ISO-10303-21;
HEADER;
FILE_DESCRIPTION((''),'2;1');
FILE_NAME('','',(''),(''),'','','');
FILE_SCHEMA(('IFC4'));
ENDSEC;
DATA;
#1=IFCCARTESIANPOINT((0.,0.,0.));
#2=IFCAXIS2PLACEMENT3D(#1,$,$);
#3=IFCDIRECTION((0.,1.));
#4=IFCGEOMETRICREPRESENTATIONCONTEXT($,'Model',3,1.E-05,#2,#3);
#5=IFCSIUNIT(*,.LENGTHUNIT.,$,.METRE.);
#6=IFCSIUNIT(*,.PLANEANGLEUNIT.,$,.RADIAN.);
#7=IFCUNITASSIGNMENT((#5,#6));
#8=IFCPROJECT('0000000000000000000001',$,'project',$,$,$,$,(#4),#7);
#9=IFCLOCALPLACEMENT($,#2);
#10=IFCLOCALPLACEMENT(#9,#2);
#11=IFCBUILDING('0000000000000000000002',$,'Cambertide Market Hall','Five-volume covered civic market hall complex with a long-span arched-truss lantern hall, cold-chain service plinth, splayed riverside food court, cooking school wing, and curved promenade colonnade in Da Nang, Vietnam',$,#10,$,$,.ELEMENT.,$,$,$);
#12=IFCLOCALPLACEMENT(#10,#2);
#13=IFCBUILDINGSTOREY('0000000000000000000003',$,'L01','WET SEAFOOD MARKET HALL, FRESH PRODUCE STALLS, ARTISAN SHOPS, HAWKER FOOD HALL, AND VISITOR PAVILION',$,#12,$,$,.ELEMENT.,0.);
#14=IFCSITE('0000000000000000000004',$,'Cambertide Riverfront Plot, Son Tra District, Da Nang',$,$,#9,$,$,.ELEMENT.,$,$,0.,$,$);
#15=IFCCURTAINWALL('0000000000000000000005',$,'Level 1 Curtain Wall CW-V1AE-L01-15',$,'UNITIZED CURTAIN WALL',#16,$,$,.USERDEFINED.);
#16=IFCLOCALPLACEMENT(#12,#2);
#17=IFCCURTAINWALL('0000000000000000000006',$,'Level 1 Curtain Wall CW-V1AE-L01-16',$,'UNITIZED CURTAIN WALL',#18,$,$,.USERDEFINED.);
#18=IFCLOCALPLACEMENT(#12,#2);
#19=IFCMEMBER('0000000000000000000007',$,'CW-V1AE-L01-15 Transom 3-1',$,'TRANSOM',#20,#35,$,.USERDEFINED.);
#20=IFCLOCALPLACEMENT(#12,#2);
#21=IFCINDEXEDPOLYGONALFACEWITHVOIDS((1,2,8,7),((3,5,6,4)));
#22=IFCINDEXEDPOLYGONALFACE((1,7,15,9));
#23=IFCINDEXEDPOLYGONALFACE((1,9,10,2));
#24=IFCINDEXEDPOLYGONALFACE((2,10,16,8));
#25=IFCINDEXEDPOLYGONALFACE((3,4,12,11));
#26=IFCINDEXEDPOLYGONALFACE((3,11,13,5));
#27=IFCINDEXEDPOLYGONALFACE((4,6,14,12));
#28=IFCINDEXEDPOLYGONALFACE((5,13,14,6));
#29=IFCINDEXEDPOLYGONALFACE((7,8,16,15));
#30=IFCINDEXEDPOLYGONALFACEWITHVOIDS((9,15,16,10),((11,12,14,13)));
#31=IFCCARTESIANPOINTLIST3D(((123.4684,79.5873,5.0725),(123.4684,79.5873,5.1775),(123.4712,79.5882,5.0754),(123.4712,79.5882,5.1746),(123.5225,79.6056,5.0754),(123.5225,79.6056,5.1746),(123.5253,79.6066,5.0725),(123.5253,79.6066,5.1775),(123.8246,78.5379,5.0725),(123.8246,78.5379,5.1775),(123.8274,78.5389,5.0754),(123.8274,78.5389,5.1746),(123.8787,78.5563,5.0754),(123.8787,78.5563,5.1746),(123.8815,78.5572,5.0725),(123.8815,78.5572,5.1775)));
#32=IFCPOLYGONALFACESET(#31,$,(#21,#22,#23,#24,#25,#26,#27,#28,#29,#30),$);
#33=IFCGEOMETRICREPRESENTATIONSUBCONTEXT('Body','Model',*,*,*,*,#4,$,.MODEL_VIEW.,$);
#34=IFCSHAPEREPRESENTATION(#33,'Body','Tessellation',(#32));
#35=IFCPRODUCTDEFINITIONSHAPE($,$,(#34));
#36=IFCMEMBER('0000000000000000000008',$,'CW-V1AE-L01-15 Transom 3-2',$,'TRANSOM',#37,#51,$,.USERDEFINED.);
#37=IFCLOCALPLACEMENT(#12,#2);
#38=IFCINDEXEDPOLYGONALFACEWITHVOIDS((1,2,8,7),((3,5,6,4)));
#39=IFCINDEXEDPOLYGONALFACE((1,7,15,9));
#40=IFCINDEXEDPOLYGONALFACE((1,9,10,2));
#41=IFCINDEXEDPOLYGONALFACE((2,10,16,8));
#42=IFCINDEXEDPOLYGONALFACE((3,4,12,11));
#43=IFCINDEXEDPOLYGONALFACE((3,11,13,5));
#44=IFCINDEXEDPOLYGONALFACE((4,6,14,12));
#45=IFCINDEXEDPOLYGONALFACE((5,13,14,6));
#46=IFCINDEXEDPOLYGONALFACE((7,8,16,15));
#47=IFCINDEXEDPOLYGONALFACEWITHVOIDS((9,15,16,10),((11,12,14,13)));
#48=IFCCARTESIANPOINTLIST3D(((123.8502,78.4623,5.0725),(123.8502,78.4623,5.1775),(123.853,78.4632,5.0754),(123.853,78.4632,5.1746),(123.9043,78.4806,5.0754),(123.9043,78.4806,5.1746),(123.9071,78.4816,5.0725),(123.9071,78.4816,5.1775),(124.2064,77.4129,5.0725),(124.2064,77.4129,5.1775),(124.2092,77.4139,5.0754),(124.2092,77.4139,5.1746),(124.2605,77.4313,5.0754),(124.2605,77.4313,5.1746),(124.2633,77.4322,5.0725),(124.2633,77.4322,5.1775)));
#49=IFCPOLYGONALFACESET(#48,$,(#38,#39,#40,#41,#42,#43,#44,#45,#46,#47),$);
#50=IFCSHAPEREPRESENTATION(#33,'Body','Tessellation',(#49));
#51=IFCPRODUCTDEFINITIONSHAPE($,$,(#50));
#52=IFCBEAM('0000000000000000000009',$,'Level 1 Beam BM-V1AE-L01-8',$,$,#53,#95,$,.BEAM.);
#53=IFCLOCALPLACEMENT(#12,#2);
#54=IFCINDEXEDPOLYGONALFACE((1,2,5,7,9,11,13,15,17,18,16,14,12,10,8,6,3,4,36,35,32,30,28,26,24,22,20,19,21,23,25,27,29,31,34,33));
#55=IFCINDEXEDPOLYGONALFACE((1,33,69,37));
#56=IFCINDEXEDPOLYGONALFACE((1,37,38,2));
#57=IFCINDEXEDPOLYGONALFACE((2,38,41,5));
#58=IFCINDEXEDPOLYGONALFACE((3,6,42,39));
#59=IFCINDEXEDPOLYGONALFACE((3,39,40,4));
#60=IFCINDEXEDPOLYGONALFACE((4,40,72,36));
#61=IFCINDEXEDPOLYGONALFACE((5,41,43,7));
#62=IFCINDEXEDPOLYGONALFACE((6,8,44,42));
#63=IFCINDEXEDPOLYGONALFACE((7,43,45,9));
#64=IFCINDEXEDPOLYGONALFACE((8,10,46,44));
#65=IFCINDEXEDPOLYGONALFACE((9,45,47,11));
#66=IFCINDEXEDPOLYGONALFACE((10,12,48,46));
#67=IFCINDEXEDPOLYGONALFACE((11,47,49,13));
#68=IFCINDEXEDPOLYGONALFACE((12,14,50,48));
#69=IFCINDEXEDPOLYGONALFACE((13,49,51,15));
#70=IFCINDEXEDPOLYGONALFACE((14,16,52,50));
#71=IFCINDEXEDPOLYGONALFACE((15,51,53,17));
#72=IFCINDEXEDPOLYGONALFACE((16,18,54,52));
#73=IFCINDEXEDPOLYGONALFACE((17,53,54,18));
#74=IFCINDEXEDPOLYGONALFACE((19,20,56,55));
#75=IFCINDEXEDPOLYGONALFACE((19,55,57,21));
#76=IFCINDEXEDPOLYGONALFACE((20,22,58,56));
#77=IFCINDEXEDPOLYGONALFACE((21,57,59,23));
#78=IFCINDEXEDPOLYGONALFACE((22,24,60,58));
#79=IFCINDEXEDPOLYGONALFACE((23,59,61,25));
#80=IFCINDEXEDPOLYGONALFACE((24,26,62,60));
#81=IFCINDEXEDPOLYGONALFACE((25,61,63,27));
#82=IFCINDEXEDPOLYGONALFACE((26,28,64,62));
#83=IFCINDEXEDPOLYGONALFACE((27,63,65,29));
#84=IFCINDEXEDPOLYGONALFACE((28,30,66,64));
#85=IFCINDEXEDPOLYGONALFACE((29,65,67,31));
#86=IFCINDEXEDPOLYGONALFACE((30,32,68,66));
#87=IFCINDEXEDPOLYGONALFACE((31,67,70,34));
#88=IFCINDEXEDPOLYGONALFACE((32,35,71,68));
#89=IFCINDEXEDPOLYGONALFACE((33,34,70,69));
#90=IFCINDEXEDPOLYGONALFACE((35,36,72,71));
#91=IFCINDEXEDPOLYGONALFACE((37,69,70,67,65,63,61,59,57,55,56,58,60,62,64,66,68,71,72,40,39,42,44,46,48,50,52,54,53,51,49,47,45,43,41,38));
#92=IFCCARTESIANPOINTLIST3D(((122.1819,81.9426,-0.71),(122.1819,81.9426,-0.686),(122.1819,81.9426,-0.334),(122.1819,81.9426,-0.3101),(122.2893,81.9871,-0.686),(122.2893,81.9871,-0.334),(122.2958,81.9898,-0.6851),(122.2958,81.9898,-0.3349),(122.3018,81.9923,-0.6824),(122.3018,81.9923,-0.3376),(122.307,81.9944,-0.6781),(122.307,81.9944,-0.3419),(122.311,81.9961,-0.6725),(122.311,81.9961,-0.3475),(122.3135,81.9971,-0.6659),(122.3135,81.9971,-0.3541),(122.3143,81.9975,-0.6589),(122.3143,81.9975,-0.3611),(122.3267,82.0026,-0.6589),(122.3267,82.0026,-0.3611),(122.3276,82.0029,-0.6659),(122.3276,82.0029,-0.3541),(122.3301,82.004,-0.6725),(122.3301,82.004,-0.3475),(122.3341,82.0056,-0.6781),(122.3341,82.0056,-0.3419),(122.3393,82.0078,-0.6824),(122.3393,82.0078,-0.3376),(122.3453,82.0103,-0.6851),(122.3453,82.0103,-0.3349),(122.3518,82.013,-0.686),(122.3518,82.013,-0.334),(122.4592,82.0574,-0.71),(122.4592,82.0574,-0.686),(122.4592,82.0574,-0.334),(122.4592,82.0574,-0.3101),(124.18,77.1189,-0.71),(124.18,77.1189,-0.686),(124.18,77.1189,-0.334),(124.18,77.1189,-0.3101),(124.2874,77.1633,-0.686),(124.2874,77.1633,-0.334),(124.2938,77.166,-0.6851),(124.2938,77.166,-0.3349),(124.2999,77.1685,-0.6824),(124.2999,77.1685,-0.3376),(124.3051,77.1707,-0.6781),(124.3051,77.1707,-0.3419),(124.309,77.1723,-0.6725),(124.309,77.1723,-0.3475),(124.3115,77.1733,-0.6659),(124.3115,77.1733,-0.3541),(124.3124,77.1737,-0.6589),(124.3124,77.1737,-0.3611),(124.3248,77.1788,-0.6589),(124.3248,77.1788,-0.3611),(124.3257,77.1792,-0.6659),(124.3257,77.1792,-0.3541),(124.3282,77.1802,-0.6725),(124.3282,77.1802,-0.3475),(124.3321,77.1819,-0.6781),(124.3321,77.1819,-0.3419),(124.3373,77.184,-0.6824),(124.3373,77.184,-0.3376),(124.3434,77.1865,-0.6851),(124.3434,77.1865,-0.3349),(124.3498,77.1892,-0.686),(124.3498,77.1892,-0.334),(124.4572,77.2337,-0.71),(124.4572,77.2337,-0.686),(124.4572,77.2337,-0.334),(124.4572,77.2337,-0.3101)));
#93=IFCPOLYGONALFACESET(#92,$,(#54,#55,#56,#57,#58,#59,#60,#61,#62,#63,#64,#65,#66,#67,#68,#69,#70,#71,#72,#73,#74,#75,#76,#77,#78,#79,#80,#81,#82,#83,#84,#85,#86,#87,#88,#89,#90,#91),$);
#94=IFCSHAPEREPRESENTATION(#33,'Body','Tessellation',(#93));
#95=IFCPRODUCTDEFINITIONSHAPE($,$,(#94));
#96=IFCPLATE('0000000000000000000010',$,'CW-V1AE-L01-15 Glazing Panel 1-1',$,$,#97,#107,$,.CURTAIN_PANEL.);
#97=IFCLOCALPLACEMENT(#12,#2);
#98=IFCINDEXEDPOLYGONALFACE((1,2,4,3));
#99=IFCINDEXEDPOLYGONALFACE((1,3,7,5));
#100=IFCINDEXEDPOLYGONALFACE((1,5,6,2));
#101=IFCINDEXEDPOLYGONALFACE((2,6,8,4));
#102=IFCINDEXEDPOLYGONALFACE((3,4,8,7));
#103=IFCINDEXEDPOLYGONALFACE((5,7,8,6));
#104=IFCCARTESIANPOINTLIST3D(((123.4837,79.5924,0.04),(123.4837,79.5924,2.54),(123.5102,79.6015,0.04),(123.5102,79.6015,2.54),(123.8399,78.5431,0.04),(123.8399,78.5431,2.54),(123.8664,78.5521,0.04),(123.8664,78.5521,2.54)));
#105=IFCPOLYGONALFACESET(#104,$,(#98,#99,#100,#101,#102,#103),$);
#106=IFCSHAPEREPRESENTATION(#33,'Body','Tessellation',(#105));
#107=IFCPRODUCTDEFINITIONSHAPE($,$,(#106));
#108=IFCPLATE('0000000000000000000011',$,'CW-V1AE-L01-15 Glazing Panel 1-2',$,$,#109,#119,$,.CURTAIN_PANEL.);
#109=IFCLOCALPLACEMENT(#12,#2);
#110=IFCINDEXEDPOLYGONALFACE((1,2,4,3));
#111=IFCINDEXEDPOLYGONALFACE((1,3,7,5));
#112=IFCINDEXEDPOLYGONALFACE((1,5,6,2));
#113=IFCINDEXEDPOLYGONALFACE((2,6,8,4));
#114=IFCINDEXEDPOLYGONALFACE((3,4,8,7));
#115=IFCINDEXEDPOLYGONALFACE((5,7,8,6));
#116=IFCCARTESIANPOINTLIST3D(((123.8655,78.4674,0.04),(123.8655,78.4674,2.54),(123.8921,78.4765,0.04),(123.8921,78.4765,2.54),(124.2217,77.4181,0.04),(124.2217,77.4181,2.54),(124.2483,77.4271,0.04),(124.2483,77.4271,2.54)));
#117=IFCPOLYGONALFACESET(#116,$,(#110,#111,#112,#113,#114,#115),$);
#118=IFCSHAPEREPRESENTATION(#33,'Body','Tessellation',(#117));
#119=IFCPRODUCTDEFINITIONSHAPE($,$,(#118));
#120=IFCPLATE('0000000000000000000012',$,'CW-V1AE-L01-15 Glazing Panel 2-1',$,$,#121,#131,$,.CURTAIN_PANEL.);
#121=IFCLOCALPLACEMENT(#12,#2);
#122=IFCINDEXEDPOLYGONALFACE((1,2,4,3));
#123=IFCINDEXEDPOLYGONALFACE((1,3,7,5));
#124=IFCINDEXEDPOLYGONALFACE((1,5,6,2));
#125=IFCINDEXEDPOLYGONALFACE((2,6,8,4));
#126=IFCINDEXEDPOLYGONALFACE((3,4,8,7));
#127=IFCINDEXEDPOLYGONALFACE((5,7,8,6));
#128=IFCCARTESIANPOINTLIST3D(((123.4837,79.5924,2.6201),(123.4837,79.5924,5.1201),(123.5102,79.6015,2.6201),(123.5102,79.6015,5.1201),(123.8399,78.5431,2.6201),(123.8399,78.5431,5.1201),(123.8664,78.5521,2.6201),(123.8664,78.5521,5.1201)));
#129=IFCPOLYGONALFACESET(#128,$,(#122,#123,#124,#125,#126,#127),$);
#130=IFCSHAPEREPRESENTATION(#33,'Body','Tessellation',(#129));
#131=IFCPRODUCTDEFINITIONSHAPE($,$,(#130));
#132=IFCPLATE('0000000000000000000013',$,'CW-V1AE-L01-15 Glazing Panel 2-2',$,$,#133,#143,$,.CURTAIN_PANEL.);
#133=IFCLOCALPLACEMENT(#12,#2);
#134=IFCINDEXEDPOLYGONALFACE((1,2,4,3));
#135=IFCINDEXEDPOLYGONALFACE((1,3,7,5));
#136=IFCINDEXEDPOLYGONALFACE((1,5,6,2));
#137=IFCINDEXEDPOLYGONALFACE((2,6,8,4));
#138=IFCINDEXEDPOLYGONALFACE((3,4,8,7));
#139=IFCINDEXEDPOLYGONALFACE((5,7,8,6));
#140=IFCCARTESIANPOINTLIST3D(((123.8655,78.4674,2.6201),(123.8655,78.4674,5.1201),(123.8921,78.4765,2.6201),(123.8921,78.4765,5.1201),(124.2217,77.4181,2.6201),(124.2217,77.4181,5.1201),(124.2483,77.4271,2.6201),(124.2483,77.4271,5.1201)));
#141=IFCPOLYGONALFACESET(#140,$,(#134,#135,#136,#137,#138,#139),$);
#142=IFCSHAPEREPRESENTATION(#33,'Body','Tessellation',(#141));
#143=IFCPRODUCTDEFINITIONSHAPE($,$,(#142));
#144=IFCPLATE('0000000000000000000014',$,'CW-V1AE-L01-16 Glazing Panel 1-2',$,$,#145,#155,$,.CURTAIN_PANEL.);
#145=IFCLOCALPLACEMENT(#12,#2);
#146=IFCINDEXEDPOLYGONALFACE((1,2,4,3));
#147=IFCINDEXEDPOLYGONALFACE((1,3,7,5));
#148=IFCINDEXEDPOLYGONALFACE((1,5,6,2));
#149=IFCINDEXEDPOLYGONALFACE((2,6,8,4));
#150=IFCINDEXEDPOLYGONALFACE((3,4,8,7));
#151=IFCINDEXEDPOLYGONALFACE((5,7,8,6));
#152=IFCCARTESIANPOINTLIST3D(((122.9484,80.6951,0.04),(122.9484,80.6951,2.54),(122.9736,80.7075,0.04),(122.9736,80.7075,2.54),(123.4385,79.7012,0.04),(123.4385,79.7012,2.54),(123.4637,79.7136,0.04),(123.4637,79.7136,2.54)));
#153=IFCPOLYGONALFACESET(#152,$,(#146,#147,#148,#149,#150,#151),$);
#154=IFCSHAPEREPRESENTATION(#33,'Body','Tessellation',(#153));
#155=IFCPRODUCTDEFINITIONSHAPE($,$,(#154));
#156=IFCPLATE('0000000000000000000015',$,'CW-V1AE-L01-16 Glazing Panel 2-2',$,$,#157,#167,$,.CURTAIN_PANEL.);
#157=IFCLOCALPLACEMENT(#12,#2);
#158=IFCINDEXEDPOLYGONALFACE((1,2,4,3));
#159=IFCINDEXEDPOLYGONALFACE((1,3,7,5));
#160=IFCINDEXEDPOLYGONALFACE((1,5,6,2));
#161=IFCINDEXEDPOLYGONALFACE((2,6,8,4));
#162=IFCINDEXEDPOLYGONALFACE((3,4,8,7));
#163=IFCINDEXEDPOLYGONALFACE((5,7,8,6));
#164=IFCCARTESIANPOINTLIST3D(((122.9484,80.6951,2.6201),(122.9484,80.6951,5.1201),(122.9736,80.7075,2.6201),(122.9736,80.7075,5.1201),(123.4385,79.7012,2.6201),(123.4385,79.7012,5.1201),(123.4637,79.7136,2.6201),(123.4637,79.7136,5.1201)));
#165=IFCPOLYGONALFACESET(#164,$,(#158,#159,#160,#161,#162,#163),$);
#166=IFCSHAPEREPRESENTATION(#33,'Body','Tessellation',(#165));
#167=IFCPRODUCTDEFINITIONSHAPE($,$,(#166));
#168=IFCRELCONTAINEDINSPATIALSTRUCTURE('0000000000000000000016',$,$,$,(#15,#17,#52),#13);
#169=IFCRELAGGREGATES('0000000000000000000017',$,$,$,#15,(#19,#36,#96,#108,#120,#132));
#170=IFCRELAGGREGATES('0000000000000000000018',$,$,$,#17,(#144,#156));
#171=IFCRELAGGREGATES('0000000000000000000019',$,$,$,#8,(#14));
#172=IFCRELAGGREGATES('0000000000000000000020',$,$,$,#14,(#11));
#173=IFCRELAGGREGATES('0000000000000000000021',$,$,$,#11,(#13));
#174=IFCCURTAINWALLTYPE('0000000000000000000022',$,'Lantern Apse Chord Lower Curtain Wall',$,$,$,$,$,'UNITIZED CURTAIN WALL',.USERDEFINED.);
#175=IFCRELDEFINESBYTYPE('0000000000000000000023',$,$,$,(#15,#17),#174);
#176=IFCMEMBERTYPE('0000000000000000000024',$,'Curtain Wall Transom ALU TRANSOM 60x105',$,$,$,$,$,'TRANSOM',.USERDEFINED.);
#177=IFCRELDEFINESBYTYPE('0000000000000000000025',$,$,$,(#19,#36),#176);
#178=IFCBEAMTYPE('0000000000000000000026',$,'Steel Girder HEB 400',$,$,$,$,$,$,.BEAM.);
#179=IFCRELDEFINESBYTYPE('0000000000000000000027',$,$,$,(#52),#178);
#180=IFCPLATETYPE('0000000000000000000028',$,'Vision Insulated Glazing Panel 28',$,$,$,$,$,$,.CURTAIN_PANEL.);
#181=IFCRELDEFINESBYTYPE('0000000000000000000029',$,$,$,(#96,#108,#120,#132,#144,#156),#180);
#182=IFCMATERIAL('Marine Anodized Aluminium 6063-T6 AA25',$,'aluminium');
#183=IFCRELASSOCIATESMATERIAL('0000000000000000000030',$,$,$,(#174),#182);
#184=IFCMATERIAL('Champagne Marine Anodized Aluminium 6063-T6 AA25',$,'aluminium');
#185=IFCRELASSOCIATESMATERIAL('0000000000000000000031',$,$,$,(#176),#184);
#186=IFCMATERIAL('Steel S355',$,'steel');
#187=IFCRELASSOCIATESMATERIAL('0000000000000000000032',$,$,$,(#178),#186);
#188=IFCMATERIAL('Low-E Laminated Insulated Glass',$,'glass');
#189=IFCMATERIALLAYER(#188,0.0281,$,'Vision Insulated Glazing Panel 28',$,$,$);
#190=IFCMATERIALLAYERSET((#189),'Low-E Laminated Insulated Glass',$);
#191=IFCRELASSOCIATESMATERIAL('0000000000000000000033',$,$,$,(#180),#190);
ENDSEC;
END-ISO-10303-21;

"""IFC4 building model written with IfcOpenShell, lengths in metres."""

from ifc_helpers import new_model, si_unit, direction, frame, origin, origin_2d, place, context, subcontext, project, spatial, rectangle, hollow_rectangle, i_section, extrude, material, layer, layer_set, material_profile, profile_set, type_object, element, aggregate, save


model = new_model("IFC4")

# Units and contexts
model_context = context("Model", 3, precision=1e-05, world=origin(), true_north=direction((0.0, 1.0)))
body_context = subcontext(model_context, "Body", "Model", "MODEL_VIEW")
ifc_project = project(units=[si_unit("LENGTHUNIT", "METRE"), si_unit("PLANEANGLEUNIT", "RADIAN")], contexts=[model_context])

# Site, building, storey
site_placement = place(None, origin())
site = spatial("IfcSite", under=ifc_project, at=site_placement, Name="Cambertide Riverfront Plot, Son Tra District, Da Nang", CompositionType="ELEMENT", RefElevation=0.0)
building_placement = place(site_placement, origin())
building = spatial("IfcBuilding", under=site, at=building_placement, Name="Cambertide Market Hall", Description="Five-volume covered civic market hall complex with a long-span arched-truss lantern hall, cold-chain service plinth, splayed riverside food court, cooking school wing, and curved promenade colonnade in Da Nang, Vietnam", CompositionType="ELEMENT")
storey_placement = place(building_placement, origin())
storey = spatial("IfcBuildingStorey", under=building, at=storey_placement, Name="L01", Description="WET SEAFOOD MARKET HALL, FRESH PRODUCE STALLS, ARTISAN SHOPS, HAWKER FOOD HALL, AND VISITOR PAVILION", CompositionType="ELEMENT", Elevation=0.0)

# Curtain wall
ifc_material_1 = material(Name="Marine Anodized Aluminium 6063-T6 AA25", Category="aluminium")
curtain_wall_type = type_object("IfcCurtainWallType", Name="Lantern Apse Chord Lower Curtain Wall", ElementType="UNITIZED CURTAIN WALL", PredefinedType="USERDEFINED", material=ifc_material_1)
curtain_wall_1_placement = place(storey_placement, origin())
curtain_wall_1 = element("IfcCurtainWall", 1, at=curtain_wall_1_placement, inside=storey, type_object=curtain_wall_type, Name="Level 1 Curtain Wall CW-V1AE-L01-15", ObjectType="UNITIZED CURTAIN WALL", PredefinedType="USERDEFINED")

# Curtain wall
curtain_wall_2_placement = place(storey_placement, origin())
curtain_wall_2 = element("IfcCurtainWall", 2, at=curtain_wall_2_placement, inside=storey, type_object=curtain_wall_type, Name="Level 1 Curtain Wall CW-V1AE-L01-16", ObjectType="UNITIZED CURTAIN WALL", PredefinedType="USERDEFINED")

# Members
ifc_material_2 = material(Name="Champagne Marine Anodized Aluminium 6063-T6 AA25", Category="aluminium")
ifc_material_profile_1 = material_profile(ifc_material_2, hollow_rectangle(XDim=0.0601, YDim=0.105, WallThickness=0.0029, at=origin_2d()), Name="ALU TRANSOM 60x105")
ifc_profile_set_1 = profile_set([ifc_material_profile_1], Name="Champagne Marine Anodized Aluminium 6063-T6 AA25")
member_type_1 = type_object("IfcMemberType", Name="Curtain Wall Transom ALU TRANSOM 60x105", ElementType="TRANSOM", PredefinedType="USERDEFINED", material=ifc_profile_set_1)
member_1_placement = place(storey_placement, frame((123.4968, 79.5969, 5.125), z_axis=(0.321445, -0.946928, 0.0), x_axis=(0.946928, 0.321445, 0.0)))
member_1 = element("IfcMember", 3, at=member_1_placement, type_object=member_type_1, Name="CW-V1AE-L01-15 Transom 3-1", ObjectType="TRANSOM", PredefinedType="USERDEFINED", context=body_context, shape_type="SweptSolid", body=[
    extrude(hollow_rectangle(XDim=0.0601, YDim=0.105, WallThickness=0.0029, at=origin_2d()), origin(), (0.0, 0.0, 1.0), 1.1082),
])
member_2_placement = place(storey_placement, frame((123.8787, 78.4719, 5.125), z_axis=(0.321445, -0.946928, 0.0), x_axis=(0.946928, 0.321445, 0.0)))
member_2 = element("IfcMember", 4, at=member_2_placement, type_object=member_type_1, Name="CW-V1AE-L01-15 Transom 3-2", ObjectType="TRANSOM", PredefinedType="USERDEFINED", context=body_context, shape_type="SweptSolid", body=[
    extrude(hollow_rectangle(XDim=0.0601, YDim=0.105, WallThickness=0.0029, at=origin_2d()), origin(), (0.0, 0.0, 1.0), 1.1082),
])

# Beam
ifc_material_3 = material(Name="Steel S355", Category="steel")
ifc_material_profile_2 = material_profile(ifc_material_3, i_section(OverallWidth=0.3, OverallDepth=0.3999, WebThickness=0.0134, FlangeThickness=0.0239, FilletRadius=0.0271, at=origin_2d()), Name="HEB 400")
ifc_profile_set_2 = profile_set([ifc_material_profile_2], Name="Steel S355")
beam_type = type_object("IfcBeamType", Name="Steel Girder HEB 400", PredefinedType="BEAM", material=ifc_profile_set_2)
beam_placement = place(storey_placement, frame((124.3186, 77.1763, -0.51), z_axis=(-0.382682, 0.92388, 0.0), x_axis=(-0.92388, -0.382682, 0.0)))
element("IfcBeam", 5, at=beam_placement, inside=storey, type_object=beam_type, Name="Level 1 Beam BM-V1AE-L01-8", PredefinedType="BEAM", context=body_context, shape_type="SweptSolid", body=[
    extrude(i_section(OverallWidth=0.3, OverallDepth=0.3999, WebThickness=0.0134, FlangeThickness=0.0239, FilletRadius=0.0271, at=origin_2d()), origin(), (0.0, 0.0, 1.0), 5.2212),
])

# Plates
ifc_material_4 = material(Name="Low-E Laminated Insulated Glass", Category="glass")
ifc_layer_1 = layer(ifc_material_4, 0.0281, Name="Vision Insulated Glazing Panel 28")
ifc_layer_set_1 = layer_set([ifc_layer_1], Name="Low-E Laminated Insulated Glass")
plate_type = type_object("IfcPlateType", Name="Vision Insulated Glazing Panel 28", PredefinedType="CURTAIN_PANEL", material=ifc_layer_set_1)
plate_1_placement = place(storey_placement, frame((123.675, 79.0723, 0.04), z_axis=(0.0, 0.0, 1.0), x_axis=(0.321439, -0.94693, 0.0)))
plate_1 = element("IfcPlate", 6, at=plate_1_placement, type_object=plate_type, Name="CW-V1AE-L01-15 Glazing Panel 1-1", PredefinedType="CURTAIN_PANEL", context=body_context, shape_type="SweptSolid", body=[
    extrude(rectangle(XDim=1.1082, YDim=0.0281, at=origin_2d()), origin(), (0.0, 0.0, 1.0), 2.5),
])
plate_2_placement = place(storey_placement, frame((124.0569, 77.9473, 0.04), z_axis=(0.0, 0.0, 1.0), x_axis=(0.321439, -0.94693, 0.0)))
plate_2 = element("IfcPlate", 7, at=plate_2_placement, type_object=plate_type, Name="CW-V1AE-L01-15 Glazing Panel 1-2", PredefinedType="CURTAIN_PANEL", context=body_context, shape_type="SweptSolid", body=[
    extrude(rectangle(XDim=1.1082, YDim=0.0281, at=origin_2d()), origin(), (0.0, 0.0, 1.0), 2.5),
])
plate_3_placement = place(storey_placement, frame((123.675, 79.0723, 2.6201), z_axis=(0.0, 0.0, 1.0), x_axis=(0.321439, -0.94693, 0.0)))
plate_3 = element("IfcPlate", 8, at=plate_3_placement, type_object=plate_type, Name="CW-V1AE-L01-15 Glazing Panel 2-1", PredefinedType="CURTAIN_PANEL", context=body_context, shape_type="SweptSolid", body=[
    extrude(rectangle(XDim=1.1082, YDim=0.0281, at=origin_2d()), origin(), (0.0, 0.0, 1.0), 2.5),
])
plate_4_placement = place(storey_placement, frame((124.0569, 77.9473, 2.6201), z_axis=(0.0, 0.0, 1.0), x_axis=(0.321439, -0.94693, 0.0)))
plate_4 = element("IfcPlate", 9, at=plate_4_placement, type_object=plate_type, Name="CW-V1AE-L01-15 Glazing Panel 2-2", PredefinedType="CURTAIN_PANEL", context=body_context, shape_type="SweptSolid", body=[
    extrude(rectangle(XDim=1.1082, YDim=0.0281, at=origin_2d()), origin(), (0.0, 0.0, 1.0), 2.5),
])
aggregate(curtain_wall_1, [member_1, member_2, plate_1, plate_2, plate_3, plate_4])
plate_5_placement = place(storey_placement, frame((123.2061, 80.2043, 0.04), z_axis=(0.0, 0.0, 1.0), x_axis=(0.442289, -0.896873, 0.0)))
plate_5 = element("IfcPlate", 10, at=plate_5_placement, type_object=plate_type, Name="CW-V1AE-L01-16 Glazing Panel 1-2", PredefinedType="CURTAIN_PANEL", context=body_context, shape_type="SweptSolid", body=[
    extrude(rectangle(XDim=1.1082, YDim=0.0281, at=origin_2d()), origin(), (0.0, 0.0, 1.0), 2.5),
])
plate_6_placement = place(storey_placement, frame((123.2061, 80.2043, 2.6201), z_axis=(0.0, 0.0, 1.0), x_axis=(0.442289, -0.896873, 0.0)))
plate_6 = element("IfcPlate", 11, at=plate_6_placement, type_object=plate_type, Name="CW-V1AE-L01-16 Glazing Panel 2-2", PredefinedType="CURTAIN_PANEL", context=body_context, shape_type="SweptSolid", body=[
    extrude(rectangle(XDim=1.1082, YDim=0.0281, at=origin_2d()), origin(), (0.0, 0.0, 1.0), 2.5),
])
aggregate(curtain_wall_2, [plate_5, plate_6])

save(model, "model.ifc")
